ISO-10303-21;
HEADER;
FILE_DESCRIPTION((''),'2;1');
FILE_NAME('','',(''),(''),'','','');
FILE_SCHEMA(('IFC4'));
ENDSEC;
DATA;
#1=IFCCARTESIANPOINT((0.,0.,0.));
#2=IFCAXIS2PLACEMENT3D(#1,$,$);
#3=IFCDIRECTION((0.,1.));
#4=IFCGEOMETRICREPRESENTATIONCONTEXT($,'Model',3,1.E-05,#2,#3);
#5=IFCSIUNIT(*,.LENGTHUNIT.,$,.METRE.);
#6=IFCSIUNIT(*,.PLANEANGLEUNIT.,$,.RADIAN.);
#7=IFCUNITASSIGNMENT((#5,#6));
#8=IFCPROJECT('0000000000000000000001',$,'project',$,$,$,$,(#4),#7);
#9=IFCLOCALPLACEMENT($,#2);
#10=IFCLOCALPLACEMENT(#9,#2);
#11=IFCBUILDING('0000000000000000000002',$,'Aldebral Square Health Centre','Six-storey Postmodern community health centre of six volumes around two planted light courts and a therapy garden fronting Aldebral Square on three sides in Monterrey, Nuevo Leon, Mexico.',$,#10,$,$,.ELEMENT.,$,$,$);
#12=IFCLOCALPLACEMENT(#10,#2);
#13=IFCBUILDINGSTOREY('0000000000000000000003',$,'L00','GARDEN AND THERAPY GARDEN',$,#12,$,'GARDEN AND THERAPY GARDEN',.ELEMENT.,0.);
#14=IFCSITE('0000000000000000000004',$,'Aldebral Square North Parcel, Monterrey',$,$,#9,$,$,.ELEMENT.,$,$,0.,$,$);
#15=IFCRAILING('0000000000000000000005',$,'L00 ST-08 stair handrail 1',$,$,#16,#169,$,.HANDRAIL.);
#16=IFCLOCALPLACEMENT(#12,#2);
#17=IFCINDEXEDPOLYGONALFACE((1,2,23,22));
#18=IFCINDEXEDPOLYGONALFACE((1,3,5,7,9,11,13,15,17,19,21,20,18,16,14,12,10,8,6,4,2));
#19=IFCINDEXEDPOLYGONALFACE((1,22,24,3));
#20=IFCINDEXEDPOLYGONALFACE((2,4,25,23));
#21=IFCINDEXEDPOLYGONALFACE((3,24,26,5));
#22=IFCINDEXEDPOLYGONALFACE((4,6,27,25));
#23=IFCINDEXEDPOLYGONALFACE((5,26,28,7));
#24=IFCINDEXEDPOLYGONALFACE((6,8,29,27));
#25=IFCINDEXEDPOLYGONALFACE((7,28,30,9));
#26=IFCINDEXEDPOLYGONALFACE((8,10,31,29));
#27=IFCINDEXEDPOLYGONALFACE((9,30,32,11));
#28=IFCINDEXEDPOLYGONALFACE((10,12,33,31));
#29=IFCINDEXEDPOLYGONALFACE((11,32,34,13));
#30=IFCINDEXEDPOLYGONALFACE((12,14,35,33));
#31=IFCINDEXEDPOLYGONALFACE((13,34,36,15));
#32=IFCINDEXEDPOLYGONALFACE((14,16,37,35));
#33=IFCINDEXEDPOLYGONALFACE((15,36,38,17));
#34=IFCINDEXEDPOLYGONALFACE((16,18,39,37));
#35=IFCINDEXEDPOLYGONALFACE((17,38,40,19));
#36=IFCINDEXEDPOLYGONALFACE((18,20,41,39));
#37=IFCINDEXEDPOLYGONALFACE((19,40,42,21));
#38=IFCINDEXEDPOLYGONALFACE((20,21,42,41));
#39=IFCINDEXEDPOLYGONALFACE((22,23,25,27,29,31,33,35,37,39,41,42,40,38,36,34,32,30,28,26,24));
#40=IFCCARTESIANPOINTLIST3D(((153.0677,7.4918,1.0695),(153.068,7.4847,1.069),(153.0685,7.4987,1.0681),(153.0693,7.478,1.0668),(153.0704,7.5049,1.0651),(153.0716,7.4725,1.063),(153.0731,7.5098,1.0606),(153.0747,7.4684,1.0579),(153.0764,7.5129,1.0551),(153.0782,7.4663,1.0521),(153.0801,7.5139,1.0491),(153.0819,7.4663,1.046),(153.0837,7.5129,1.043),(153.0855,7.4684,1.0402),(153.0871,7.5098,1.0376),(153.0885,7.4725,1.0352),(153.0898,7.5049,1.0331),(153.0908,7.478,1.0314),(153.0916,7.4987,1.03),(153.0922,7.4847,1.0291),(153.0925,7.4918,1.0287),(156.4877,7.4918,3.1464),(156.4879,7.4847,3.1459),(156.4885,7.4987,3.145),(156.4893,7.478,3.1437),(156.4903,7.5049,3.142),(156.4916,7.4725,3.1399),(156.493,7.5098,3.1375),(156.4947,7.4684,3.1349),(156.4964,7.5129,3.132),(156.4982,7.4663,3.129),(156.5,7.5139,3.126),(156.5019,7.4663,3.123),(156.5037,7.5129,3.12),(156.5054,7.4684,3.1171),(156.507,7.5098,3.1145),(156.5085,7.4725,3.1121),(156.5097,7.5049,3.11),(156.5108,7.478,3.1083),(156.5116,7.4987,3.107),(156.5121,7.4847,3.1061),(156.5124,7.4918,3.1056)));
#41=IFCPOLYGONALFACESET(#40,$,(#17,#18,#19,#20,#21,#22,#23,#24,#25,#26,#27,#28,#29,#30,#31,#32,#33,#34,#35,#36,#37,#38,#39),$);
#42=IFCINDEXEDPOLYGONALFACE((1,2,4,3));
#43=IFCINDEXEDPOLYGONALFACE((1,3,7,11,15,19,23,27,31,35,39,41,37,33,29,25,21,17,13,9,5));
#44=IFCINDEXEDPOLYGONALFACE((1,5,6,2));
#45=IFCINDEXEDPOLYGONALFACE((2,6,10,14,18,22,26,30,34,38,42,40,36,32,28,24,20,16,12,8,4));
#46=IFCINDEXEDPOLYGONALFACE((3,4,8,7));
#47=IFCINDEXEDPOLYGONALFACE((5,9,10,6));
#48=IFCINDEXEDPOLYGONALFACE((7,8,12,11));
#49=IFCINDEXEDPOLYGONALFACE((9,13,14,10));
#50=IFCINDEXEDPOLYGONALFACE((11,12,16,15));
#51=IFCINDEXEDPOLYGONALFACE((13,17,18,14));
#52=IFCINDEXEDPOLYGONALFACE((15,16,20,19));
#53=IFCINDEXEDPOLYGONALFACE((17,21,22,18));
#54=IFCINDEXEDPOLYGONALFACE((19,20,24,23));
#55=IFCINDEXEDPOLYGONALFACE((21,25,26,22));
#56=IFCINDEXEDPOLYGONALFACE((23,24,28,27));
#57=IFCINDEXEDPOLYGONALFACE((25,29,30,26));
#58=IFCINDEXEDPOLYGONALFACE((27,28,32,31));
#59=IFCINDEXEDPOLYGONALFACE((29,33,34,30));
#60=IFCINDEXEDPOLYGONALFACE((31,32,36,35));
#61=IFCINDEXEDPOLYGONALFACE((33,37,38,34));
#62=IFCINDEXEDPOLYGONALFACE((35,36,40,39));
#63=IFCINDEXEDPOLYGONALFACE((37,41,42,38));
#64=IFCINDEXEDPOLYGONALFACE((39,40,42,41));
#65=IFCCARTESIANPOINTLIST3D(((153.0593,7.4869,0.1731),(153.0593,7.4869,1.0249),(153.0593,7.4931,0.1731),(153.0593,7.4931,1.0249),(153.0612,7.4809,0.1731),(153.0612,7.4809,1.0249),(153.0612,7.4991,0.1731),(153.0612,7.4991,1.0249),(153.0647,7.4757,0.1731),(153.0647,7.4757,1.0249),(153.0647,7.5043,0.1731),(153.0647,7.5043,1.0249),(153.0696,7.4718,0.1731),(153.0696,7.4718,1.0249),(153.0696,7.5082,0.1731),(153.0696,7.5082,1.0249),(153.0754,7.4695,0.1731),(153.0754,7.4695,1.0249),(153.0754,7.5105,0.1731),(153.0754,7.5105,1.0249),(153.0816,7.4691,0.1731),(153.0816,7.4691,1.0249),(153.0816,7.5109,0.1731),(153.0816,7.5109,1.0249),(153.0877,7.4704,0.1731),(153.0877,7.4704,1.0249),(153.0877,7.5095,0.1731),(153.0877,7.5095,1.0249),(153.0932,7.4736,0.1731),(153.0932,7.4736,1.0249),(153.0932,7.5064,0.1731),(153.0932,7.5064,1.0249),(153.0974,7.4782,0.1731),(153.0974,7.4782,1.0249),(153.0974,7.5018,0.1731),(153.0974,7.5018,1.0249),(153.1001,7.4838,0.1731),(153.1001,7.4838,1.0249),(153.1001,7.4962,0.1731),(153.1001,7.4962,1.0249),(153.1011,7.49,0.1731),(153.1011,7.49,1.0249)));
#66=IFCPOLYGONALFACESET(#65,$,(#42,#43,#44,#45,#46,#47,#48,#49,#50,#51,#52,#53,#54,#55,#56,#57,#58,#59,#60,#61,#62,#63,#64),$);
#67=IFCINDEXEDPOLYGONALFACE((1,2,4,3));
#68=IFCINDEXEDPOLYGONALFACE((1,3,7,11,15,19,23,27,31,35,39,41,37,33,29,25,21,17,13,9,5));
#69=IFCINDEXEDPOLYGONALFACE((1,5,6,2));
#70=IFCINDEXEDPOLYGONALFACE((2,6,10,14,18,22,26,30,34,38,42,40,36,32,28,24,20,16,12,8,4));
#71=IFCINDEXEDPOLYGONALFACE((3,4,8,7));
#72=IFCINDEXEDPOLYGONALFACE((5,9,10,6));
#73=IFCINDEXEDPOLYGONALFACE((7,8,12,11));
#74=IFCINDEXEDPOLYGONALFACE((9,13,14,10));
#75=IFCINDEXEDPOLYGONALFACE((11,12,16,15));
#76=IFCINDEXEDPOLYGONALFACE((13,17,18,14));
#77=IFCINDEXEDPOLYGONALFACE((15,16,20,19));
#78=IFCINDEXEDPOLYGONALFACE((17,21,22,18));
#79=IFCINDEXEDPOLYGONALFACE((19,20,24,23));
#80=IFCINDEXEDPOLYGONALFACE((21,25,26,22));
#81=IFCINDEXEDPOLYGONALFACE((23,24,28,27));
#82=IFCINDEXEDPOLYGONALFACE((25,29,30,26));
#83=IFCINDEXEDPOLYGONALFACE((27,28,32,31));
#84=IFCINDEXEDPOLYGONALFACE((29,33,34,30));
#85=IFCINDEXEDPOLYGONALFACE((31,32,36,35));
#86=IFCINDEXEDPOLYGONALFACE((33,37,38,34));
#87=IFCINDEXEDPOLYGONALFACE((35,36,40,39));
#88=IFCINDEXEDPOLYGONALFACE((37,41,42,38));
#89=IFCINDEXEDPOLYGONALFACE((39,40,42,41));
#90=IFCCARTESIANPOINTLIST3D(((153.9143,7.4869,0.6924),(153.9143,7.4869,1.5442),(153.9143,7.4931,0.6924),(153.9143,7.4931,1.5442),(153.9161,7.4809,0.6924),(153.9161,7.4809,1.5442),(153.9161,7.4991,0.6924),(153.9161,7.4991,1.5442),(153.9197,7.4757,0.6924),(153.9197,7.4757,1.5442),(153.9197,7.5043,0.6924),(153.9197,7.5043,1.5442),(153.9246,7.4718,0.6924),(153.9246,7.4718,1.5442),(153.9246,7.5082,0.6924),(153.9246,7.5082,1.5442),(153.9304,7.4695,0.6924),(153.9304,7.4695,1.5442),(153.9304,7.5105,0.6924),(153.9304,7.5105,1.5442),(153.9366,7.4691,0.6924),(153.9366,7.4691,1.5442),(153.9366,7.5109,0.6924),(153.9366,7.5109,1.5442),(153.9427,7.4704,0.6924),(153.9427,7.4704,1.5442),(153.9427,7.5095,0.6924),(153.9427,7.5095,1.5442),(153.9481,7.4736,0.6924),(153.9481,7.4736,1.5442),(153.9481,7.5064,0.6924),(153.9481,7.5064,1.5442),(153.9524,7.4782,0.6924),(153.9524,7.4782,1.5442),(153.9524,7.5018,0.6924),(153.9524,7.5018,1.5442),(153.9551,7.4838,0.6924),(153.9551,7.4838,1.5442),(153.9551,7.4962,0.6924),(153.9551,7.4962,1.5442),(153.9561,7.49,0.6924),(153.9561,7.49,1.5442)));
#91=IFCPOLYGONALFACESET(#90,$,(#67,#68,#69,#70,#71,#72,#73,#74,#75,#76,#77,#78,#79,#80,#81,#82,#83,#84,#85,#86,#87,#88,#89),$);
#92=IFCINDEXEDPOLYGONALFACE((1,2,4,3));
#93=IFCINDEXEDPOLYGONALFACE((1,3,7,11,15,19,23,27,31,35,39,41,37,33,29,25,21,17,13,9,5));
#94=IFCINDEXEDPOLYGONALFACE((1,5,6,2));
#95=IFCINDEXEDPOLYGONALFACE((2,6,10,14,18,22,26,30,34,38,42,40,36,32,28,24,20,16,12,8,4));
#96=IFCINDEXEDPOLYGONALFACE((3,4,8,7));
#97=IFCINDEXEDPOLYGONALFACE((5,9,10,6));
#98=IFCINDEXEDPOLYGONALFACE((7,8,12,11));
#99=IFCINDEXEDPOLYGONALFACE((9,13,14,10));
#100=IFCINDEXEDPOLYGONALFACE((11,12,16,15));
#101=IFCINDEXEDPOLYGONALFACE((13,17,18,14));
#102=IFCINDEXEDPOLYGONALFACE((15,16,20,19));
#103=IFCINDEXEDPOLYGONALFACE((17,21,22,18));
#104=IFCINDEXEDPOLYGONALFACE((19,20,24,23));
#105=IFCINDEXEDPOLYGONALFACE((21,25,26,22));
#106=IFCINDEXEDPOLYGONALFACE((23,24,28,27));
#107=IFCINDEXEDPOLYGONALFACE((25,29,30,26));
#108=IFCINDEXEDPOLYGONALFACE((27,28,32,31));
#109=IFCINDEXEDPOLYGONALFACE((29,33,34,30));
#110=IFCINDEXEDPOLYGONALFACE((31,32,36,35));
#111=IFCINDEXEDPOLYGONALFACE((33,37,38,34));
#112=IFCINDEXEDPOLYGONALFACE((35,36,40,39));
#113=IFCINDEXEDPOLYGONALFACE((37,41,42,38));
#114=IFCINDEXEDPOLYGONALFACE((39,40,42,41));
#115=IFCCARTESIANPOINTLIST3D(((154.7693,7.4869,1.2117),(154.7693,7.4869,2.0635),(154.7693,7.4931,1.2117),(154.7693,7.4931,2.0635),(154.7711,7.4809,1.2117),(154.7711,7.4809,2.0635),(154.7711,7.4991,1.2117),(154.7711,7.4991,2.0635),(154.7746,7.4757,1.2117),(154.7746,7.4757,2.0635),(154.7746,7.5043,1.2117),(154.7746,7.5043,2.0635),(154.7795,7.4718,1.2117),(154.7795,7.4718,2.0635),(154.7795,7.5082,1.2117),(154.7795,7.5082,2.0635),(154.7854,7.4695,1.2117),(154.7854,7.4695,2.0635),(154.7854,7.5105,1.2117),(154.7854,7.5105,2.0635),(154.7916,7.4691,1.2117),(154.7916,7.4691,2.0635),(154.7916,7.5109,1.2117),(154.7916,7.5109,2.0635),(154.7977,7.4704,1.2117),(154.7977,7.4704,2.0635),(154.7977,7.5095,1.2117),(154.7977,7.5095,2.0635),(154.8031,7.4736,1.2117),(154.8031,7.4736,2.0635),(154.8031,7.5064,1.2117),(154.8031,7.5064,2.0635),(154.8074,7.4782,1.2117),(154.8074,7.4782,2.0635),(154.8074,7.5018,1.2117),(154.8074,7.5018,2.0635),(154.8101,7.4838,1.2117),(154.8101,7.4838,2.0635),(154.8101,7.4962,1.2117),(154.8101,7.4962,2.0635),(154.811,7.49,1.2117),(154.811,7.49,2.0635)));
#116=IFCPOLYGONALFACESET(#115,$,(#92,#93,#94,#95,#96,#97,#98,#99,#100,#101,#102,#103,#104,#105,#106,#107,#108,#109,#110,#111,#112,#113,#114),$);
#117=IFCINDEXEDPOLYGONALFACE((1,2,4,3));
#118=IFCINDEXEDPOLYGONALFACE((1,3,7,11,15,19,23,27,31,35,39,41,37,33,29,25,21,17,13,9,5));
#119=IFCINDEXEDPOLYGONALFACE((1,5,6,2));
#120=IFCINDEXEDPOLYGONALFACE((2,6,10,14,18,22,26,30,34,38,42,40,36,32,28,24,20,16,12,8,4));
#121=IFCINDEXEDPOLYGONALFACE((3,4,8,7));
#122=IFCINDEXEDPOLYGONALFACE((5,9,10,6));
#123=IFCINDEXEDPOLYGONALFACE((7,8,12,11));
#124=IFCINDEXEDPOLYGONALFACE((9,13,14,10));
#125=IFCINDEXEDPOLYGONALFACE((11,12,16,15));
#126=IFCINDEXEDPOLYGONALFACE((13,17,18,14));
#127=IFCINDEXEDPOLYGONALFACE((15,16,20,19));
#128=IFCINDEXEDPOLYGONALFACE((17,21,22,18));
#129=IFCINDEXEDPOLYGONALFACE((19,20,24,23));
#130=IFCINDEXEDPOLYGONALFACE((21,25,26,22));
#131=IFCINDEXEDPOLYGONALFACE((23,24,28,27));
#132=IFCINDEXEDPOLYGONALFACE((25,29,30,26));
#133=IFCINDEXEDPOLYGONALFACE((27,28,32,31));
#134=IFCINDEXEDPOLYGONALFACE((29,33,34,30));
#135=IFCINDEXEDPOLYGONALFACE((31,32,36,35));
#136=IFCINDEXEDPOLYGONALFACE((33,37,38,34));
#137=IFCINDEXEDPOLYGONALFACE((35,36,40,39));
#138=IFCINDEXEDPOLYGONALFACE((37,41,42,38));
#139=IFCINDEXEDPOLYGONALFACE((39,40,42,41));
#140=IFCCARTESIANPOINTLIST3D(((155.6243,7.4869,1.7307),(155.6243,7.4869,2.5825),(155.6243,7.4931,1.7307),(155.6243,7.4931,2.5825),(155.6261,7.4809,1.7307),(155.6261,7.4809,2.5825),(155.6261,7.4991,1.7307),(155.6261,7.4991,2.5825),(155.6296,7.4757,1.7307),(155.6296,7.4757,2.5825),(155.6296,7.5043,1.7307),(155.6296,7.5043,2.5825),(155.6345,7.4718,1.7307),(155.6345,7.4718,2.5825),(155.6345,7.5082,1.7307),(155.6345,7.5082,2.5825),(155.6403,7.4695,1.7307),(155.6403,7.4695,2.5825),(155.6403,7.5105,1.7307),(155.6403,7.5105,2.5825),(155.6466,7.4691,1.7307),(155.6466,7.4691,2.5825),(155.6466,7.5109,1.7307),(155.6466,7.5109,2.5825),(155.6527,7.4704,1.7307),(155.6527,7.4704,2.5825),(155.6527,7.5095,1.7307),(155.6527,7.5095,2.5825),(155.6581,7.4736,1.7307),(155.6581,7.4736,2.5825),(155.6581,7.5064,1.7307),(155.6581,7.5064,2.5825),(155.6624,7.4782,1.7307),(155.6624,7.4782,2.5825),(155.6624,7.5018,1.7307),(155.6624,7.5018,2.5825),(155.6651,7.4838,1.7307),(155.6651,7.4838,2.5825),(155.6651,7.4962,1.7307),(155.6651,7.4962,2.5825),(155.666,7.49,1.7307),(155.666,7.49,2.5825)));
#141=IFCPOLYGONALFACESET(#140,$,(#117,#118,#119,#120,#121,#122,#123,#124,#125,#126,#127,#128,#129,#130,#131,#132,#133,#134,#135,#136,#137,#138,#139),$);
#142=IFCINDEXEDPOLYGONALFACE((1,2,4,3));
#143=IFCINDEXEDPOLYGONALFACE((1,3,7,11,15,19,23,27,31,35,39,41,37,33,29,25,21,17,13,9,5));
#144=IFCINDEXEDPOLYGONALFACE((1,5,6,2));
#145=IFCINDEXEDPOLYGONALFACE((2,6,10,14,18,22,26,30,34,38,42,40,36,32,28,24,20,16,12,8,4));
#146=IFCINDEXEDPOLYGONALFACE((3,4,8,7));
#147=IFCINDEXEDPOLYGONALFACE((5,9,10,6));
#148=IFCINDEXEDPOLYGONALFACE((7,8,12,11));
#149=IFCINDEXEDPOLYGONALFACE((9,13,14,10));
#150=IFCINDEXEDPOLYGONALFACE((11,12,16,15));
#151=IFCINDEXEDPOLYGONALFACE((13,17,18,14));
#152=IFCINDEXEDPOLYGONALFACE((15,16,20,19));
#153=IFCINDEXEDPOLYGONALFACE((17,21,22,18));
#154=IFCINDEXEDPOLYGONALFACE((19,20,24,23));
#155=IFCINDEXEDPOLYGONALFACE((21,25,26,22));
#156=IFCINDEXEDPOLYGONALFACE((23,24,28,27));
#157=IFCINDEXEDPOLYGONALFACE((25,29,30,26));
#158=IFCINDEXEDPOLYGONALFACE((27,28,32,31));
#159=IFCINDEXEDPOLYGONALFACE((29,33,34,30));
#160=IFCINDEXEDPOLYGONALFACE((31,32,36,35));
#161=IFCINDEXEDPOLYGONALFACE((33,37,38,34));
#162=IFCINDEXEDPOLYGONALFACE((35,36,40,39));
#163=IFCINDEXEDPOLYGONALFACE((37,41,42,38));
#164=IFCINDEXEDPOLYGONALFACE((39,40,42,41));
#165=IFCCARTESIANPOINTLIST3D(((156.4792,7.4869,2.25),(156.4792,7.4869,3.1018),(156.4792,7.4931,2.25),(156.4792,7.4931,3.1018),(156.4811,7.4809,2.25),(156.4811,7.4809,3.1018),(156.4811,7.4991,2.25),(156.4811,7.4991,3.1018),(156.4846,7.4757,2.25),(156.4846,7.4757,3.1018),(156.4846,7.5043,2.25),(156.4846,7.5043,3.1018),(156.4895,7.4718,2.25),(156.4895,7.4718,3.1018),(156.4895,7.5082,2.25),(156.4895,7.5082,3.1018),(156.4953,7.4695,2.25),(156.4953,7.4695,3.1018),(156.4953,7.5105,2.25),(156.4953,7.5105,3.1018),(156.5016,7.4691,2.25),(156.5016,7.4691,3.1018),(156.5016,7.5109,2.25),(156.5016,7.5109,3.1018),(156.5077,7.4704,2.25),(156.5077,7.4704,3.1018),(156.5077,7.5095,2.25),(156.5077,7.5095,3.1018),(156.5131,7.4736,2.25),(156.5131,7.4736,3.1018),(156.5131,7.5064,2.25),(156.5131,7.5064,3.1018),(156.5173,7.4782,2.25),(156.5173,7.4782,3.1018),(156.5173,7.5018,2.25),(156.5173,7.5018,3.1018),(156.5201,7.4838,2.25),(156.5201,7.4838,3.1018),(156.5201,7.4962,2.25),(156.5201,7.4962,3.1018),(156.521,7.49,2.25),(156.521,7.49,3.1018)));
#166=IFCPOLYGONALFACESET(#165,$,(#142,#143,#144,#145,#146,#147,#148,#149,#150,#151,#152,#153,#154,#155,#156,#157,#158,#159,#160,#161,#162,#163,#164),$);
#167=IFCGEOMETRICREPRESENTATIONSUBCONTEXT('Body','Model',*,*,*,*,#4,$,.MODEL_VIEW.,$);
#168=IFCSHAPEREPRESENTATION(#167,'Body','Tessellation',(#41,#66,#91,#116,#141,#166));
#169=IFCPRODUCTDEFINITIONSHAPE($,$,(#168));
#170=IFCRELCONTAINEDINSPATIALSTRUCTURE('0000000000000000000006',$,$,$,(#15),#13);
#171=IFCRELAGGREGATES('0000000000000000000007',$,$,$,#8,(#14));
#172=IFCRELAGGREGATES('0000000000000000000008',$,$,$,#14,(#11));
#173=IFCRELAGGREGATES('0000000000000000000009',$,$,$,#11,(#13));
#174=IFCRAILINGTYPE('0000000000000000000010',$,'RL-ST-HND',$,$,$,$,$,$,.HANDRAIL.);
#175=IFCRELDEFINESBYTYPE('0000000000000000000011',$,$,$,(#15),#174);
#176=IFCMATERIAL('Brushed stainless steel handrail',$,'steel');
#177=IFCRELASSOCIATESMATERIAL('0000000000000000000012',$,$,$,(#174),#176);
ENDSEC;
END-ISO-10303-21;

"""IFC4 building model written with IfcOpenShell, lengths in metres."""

from ifc_helpers import new_model, si_unit, direction, frame, origin, origin_2d, place, context, subcontext, project, spatial, circle, extrude, material, type_object, element, save


model = new_model("IFC4")

# Units and contexts
model_context = context("Model", 3, precision=1e-05, world=origin(), true_north=direction((0.0, 1.0)))
body_context = subcontext(model_context, "Body", "Model", "MODEL_VIEW")
ifc_project = project(units=[si_unit("LENGTHUNIT", "METRE"), si_unit("PLANEANGLEUNIT", "RADIAN")], contexts=[model_context])

# Site, building, storey
site_placement = place(None, origin())
site = spatial("IfcSite", under=ifc_project, at=site_placement, Name="Aldebral Square North Parcel, Monterrey", CompositionType="ELEMENT", RefElevation=0.0)
building_placement = place(site_placement, origin())
building = spatial("IfcBuilding", under=site, at=building_placement, Name="Aldebral Square Health Centre", Description="Six-storey Postmodern community health centre of six volumes around two planted light courts and a therapy garden fronting Aldebral Square on three sides in Monterrey, Nuevo Leon, Mexico.", CompositionType="ELEMENT")
storey_placement = place(building_placement, origin())
storey = spatial("IfcBuildingStorey", under=building, at=storey_placement, Name="L00", Description="GARDEN AND THERAPY GARDEN", LongName="GARDEN AND THERAPY GARDEN", CompositionType="ELEMENT", Elevation=0.0)

# Railing
ifc_material_1 = material(Name="Brushed stainless steel handrail", Category="steel")
railing_type_1 = type_object("IfcRailingType", Name="RL-ST-HND", PredefinedType="HANDRAIL", material=ifc_material_1)
railing_1_placement = place(storey_placement, frame((153.0801, 7.49, 0.1731)))
element("IfcRailing", 1, at=railing_1_placement, inside=storey, type_object=railing_type_1, Name="L00 ST-08 stair handrail 1", PredefinedType="HANDRAIL", context=body_context, shape_type="SweptSolid", body=[
    extrude(circle(Radius=0.0239, at=origin_2d()), frame((0.0, 0.0, 0.876), z_axis=(0.85473, 0.0, 0.519074), x_axis=(0.0, 1.0, 0.0)), (0.0, 0.0, 1.0), 4.0012),
    extrude(circle(Radius=0.021, at=origin_2d()), origin(), (0.0, 0.0, 1.0), 0.8518),
    extrude(circle(Radius=0.021, at=origin_2d()), frame((0.855, 0.0, 0.5193)), (0.0, 0.0, 1.0), 0.8518),
    extrude(circle(Radius=0.021, at=origin_2d()), frame((1.71, 0.0, 1.0386)), (0.0, 0.0, 1.0), 0.8518),
    extrude(circle(Radius=0.021, at=origin_2d()), frame((2.5649, 0.0, 1.5576)), (0.0, 0.0, 1.0), 0.8518),
    extrude(circle(Radius=0.021, at=origin_2d()), frame((3.4199, 0.0, 2.0769)), (0.0, 0.0, 1.0), 0.8518),
])

save(model, "model.ifc")
